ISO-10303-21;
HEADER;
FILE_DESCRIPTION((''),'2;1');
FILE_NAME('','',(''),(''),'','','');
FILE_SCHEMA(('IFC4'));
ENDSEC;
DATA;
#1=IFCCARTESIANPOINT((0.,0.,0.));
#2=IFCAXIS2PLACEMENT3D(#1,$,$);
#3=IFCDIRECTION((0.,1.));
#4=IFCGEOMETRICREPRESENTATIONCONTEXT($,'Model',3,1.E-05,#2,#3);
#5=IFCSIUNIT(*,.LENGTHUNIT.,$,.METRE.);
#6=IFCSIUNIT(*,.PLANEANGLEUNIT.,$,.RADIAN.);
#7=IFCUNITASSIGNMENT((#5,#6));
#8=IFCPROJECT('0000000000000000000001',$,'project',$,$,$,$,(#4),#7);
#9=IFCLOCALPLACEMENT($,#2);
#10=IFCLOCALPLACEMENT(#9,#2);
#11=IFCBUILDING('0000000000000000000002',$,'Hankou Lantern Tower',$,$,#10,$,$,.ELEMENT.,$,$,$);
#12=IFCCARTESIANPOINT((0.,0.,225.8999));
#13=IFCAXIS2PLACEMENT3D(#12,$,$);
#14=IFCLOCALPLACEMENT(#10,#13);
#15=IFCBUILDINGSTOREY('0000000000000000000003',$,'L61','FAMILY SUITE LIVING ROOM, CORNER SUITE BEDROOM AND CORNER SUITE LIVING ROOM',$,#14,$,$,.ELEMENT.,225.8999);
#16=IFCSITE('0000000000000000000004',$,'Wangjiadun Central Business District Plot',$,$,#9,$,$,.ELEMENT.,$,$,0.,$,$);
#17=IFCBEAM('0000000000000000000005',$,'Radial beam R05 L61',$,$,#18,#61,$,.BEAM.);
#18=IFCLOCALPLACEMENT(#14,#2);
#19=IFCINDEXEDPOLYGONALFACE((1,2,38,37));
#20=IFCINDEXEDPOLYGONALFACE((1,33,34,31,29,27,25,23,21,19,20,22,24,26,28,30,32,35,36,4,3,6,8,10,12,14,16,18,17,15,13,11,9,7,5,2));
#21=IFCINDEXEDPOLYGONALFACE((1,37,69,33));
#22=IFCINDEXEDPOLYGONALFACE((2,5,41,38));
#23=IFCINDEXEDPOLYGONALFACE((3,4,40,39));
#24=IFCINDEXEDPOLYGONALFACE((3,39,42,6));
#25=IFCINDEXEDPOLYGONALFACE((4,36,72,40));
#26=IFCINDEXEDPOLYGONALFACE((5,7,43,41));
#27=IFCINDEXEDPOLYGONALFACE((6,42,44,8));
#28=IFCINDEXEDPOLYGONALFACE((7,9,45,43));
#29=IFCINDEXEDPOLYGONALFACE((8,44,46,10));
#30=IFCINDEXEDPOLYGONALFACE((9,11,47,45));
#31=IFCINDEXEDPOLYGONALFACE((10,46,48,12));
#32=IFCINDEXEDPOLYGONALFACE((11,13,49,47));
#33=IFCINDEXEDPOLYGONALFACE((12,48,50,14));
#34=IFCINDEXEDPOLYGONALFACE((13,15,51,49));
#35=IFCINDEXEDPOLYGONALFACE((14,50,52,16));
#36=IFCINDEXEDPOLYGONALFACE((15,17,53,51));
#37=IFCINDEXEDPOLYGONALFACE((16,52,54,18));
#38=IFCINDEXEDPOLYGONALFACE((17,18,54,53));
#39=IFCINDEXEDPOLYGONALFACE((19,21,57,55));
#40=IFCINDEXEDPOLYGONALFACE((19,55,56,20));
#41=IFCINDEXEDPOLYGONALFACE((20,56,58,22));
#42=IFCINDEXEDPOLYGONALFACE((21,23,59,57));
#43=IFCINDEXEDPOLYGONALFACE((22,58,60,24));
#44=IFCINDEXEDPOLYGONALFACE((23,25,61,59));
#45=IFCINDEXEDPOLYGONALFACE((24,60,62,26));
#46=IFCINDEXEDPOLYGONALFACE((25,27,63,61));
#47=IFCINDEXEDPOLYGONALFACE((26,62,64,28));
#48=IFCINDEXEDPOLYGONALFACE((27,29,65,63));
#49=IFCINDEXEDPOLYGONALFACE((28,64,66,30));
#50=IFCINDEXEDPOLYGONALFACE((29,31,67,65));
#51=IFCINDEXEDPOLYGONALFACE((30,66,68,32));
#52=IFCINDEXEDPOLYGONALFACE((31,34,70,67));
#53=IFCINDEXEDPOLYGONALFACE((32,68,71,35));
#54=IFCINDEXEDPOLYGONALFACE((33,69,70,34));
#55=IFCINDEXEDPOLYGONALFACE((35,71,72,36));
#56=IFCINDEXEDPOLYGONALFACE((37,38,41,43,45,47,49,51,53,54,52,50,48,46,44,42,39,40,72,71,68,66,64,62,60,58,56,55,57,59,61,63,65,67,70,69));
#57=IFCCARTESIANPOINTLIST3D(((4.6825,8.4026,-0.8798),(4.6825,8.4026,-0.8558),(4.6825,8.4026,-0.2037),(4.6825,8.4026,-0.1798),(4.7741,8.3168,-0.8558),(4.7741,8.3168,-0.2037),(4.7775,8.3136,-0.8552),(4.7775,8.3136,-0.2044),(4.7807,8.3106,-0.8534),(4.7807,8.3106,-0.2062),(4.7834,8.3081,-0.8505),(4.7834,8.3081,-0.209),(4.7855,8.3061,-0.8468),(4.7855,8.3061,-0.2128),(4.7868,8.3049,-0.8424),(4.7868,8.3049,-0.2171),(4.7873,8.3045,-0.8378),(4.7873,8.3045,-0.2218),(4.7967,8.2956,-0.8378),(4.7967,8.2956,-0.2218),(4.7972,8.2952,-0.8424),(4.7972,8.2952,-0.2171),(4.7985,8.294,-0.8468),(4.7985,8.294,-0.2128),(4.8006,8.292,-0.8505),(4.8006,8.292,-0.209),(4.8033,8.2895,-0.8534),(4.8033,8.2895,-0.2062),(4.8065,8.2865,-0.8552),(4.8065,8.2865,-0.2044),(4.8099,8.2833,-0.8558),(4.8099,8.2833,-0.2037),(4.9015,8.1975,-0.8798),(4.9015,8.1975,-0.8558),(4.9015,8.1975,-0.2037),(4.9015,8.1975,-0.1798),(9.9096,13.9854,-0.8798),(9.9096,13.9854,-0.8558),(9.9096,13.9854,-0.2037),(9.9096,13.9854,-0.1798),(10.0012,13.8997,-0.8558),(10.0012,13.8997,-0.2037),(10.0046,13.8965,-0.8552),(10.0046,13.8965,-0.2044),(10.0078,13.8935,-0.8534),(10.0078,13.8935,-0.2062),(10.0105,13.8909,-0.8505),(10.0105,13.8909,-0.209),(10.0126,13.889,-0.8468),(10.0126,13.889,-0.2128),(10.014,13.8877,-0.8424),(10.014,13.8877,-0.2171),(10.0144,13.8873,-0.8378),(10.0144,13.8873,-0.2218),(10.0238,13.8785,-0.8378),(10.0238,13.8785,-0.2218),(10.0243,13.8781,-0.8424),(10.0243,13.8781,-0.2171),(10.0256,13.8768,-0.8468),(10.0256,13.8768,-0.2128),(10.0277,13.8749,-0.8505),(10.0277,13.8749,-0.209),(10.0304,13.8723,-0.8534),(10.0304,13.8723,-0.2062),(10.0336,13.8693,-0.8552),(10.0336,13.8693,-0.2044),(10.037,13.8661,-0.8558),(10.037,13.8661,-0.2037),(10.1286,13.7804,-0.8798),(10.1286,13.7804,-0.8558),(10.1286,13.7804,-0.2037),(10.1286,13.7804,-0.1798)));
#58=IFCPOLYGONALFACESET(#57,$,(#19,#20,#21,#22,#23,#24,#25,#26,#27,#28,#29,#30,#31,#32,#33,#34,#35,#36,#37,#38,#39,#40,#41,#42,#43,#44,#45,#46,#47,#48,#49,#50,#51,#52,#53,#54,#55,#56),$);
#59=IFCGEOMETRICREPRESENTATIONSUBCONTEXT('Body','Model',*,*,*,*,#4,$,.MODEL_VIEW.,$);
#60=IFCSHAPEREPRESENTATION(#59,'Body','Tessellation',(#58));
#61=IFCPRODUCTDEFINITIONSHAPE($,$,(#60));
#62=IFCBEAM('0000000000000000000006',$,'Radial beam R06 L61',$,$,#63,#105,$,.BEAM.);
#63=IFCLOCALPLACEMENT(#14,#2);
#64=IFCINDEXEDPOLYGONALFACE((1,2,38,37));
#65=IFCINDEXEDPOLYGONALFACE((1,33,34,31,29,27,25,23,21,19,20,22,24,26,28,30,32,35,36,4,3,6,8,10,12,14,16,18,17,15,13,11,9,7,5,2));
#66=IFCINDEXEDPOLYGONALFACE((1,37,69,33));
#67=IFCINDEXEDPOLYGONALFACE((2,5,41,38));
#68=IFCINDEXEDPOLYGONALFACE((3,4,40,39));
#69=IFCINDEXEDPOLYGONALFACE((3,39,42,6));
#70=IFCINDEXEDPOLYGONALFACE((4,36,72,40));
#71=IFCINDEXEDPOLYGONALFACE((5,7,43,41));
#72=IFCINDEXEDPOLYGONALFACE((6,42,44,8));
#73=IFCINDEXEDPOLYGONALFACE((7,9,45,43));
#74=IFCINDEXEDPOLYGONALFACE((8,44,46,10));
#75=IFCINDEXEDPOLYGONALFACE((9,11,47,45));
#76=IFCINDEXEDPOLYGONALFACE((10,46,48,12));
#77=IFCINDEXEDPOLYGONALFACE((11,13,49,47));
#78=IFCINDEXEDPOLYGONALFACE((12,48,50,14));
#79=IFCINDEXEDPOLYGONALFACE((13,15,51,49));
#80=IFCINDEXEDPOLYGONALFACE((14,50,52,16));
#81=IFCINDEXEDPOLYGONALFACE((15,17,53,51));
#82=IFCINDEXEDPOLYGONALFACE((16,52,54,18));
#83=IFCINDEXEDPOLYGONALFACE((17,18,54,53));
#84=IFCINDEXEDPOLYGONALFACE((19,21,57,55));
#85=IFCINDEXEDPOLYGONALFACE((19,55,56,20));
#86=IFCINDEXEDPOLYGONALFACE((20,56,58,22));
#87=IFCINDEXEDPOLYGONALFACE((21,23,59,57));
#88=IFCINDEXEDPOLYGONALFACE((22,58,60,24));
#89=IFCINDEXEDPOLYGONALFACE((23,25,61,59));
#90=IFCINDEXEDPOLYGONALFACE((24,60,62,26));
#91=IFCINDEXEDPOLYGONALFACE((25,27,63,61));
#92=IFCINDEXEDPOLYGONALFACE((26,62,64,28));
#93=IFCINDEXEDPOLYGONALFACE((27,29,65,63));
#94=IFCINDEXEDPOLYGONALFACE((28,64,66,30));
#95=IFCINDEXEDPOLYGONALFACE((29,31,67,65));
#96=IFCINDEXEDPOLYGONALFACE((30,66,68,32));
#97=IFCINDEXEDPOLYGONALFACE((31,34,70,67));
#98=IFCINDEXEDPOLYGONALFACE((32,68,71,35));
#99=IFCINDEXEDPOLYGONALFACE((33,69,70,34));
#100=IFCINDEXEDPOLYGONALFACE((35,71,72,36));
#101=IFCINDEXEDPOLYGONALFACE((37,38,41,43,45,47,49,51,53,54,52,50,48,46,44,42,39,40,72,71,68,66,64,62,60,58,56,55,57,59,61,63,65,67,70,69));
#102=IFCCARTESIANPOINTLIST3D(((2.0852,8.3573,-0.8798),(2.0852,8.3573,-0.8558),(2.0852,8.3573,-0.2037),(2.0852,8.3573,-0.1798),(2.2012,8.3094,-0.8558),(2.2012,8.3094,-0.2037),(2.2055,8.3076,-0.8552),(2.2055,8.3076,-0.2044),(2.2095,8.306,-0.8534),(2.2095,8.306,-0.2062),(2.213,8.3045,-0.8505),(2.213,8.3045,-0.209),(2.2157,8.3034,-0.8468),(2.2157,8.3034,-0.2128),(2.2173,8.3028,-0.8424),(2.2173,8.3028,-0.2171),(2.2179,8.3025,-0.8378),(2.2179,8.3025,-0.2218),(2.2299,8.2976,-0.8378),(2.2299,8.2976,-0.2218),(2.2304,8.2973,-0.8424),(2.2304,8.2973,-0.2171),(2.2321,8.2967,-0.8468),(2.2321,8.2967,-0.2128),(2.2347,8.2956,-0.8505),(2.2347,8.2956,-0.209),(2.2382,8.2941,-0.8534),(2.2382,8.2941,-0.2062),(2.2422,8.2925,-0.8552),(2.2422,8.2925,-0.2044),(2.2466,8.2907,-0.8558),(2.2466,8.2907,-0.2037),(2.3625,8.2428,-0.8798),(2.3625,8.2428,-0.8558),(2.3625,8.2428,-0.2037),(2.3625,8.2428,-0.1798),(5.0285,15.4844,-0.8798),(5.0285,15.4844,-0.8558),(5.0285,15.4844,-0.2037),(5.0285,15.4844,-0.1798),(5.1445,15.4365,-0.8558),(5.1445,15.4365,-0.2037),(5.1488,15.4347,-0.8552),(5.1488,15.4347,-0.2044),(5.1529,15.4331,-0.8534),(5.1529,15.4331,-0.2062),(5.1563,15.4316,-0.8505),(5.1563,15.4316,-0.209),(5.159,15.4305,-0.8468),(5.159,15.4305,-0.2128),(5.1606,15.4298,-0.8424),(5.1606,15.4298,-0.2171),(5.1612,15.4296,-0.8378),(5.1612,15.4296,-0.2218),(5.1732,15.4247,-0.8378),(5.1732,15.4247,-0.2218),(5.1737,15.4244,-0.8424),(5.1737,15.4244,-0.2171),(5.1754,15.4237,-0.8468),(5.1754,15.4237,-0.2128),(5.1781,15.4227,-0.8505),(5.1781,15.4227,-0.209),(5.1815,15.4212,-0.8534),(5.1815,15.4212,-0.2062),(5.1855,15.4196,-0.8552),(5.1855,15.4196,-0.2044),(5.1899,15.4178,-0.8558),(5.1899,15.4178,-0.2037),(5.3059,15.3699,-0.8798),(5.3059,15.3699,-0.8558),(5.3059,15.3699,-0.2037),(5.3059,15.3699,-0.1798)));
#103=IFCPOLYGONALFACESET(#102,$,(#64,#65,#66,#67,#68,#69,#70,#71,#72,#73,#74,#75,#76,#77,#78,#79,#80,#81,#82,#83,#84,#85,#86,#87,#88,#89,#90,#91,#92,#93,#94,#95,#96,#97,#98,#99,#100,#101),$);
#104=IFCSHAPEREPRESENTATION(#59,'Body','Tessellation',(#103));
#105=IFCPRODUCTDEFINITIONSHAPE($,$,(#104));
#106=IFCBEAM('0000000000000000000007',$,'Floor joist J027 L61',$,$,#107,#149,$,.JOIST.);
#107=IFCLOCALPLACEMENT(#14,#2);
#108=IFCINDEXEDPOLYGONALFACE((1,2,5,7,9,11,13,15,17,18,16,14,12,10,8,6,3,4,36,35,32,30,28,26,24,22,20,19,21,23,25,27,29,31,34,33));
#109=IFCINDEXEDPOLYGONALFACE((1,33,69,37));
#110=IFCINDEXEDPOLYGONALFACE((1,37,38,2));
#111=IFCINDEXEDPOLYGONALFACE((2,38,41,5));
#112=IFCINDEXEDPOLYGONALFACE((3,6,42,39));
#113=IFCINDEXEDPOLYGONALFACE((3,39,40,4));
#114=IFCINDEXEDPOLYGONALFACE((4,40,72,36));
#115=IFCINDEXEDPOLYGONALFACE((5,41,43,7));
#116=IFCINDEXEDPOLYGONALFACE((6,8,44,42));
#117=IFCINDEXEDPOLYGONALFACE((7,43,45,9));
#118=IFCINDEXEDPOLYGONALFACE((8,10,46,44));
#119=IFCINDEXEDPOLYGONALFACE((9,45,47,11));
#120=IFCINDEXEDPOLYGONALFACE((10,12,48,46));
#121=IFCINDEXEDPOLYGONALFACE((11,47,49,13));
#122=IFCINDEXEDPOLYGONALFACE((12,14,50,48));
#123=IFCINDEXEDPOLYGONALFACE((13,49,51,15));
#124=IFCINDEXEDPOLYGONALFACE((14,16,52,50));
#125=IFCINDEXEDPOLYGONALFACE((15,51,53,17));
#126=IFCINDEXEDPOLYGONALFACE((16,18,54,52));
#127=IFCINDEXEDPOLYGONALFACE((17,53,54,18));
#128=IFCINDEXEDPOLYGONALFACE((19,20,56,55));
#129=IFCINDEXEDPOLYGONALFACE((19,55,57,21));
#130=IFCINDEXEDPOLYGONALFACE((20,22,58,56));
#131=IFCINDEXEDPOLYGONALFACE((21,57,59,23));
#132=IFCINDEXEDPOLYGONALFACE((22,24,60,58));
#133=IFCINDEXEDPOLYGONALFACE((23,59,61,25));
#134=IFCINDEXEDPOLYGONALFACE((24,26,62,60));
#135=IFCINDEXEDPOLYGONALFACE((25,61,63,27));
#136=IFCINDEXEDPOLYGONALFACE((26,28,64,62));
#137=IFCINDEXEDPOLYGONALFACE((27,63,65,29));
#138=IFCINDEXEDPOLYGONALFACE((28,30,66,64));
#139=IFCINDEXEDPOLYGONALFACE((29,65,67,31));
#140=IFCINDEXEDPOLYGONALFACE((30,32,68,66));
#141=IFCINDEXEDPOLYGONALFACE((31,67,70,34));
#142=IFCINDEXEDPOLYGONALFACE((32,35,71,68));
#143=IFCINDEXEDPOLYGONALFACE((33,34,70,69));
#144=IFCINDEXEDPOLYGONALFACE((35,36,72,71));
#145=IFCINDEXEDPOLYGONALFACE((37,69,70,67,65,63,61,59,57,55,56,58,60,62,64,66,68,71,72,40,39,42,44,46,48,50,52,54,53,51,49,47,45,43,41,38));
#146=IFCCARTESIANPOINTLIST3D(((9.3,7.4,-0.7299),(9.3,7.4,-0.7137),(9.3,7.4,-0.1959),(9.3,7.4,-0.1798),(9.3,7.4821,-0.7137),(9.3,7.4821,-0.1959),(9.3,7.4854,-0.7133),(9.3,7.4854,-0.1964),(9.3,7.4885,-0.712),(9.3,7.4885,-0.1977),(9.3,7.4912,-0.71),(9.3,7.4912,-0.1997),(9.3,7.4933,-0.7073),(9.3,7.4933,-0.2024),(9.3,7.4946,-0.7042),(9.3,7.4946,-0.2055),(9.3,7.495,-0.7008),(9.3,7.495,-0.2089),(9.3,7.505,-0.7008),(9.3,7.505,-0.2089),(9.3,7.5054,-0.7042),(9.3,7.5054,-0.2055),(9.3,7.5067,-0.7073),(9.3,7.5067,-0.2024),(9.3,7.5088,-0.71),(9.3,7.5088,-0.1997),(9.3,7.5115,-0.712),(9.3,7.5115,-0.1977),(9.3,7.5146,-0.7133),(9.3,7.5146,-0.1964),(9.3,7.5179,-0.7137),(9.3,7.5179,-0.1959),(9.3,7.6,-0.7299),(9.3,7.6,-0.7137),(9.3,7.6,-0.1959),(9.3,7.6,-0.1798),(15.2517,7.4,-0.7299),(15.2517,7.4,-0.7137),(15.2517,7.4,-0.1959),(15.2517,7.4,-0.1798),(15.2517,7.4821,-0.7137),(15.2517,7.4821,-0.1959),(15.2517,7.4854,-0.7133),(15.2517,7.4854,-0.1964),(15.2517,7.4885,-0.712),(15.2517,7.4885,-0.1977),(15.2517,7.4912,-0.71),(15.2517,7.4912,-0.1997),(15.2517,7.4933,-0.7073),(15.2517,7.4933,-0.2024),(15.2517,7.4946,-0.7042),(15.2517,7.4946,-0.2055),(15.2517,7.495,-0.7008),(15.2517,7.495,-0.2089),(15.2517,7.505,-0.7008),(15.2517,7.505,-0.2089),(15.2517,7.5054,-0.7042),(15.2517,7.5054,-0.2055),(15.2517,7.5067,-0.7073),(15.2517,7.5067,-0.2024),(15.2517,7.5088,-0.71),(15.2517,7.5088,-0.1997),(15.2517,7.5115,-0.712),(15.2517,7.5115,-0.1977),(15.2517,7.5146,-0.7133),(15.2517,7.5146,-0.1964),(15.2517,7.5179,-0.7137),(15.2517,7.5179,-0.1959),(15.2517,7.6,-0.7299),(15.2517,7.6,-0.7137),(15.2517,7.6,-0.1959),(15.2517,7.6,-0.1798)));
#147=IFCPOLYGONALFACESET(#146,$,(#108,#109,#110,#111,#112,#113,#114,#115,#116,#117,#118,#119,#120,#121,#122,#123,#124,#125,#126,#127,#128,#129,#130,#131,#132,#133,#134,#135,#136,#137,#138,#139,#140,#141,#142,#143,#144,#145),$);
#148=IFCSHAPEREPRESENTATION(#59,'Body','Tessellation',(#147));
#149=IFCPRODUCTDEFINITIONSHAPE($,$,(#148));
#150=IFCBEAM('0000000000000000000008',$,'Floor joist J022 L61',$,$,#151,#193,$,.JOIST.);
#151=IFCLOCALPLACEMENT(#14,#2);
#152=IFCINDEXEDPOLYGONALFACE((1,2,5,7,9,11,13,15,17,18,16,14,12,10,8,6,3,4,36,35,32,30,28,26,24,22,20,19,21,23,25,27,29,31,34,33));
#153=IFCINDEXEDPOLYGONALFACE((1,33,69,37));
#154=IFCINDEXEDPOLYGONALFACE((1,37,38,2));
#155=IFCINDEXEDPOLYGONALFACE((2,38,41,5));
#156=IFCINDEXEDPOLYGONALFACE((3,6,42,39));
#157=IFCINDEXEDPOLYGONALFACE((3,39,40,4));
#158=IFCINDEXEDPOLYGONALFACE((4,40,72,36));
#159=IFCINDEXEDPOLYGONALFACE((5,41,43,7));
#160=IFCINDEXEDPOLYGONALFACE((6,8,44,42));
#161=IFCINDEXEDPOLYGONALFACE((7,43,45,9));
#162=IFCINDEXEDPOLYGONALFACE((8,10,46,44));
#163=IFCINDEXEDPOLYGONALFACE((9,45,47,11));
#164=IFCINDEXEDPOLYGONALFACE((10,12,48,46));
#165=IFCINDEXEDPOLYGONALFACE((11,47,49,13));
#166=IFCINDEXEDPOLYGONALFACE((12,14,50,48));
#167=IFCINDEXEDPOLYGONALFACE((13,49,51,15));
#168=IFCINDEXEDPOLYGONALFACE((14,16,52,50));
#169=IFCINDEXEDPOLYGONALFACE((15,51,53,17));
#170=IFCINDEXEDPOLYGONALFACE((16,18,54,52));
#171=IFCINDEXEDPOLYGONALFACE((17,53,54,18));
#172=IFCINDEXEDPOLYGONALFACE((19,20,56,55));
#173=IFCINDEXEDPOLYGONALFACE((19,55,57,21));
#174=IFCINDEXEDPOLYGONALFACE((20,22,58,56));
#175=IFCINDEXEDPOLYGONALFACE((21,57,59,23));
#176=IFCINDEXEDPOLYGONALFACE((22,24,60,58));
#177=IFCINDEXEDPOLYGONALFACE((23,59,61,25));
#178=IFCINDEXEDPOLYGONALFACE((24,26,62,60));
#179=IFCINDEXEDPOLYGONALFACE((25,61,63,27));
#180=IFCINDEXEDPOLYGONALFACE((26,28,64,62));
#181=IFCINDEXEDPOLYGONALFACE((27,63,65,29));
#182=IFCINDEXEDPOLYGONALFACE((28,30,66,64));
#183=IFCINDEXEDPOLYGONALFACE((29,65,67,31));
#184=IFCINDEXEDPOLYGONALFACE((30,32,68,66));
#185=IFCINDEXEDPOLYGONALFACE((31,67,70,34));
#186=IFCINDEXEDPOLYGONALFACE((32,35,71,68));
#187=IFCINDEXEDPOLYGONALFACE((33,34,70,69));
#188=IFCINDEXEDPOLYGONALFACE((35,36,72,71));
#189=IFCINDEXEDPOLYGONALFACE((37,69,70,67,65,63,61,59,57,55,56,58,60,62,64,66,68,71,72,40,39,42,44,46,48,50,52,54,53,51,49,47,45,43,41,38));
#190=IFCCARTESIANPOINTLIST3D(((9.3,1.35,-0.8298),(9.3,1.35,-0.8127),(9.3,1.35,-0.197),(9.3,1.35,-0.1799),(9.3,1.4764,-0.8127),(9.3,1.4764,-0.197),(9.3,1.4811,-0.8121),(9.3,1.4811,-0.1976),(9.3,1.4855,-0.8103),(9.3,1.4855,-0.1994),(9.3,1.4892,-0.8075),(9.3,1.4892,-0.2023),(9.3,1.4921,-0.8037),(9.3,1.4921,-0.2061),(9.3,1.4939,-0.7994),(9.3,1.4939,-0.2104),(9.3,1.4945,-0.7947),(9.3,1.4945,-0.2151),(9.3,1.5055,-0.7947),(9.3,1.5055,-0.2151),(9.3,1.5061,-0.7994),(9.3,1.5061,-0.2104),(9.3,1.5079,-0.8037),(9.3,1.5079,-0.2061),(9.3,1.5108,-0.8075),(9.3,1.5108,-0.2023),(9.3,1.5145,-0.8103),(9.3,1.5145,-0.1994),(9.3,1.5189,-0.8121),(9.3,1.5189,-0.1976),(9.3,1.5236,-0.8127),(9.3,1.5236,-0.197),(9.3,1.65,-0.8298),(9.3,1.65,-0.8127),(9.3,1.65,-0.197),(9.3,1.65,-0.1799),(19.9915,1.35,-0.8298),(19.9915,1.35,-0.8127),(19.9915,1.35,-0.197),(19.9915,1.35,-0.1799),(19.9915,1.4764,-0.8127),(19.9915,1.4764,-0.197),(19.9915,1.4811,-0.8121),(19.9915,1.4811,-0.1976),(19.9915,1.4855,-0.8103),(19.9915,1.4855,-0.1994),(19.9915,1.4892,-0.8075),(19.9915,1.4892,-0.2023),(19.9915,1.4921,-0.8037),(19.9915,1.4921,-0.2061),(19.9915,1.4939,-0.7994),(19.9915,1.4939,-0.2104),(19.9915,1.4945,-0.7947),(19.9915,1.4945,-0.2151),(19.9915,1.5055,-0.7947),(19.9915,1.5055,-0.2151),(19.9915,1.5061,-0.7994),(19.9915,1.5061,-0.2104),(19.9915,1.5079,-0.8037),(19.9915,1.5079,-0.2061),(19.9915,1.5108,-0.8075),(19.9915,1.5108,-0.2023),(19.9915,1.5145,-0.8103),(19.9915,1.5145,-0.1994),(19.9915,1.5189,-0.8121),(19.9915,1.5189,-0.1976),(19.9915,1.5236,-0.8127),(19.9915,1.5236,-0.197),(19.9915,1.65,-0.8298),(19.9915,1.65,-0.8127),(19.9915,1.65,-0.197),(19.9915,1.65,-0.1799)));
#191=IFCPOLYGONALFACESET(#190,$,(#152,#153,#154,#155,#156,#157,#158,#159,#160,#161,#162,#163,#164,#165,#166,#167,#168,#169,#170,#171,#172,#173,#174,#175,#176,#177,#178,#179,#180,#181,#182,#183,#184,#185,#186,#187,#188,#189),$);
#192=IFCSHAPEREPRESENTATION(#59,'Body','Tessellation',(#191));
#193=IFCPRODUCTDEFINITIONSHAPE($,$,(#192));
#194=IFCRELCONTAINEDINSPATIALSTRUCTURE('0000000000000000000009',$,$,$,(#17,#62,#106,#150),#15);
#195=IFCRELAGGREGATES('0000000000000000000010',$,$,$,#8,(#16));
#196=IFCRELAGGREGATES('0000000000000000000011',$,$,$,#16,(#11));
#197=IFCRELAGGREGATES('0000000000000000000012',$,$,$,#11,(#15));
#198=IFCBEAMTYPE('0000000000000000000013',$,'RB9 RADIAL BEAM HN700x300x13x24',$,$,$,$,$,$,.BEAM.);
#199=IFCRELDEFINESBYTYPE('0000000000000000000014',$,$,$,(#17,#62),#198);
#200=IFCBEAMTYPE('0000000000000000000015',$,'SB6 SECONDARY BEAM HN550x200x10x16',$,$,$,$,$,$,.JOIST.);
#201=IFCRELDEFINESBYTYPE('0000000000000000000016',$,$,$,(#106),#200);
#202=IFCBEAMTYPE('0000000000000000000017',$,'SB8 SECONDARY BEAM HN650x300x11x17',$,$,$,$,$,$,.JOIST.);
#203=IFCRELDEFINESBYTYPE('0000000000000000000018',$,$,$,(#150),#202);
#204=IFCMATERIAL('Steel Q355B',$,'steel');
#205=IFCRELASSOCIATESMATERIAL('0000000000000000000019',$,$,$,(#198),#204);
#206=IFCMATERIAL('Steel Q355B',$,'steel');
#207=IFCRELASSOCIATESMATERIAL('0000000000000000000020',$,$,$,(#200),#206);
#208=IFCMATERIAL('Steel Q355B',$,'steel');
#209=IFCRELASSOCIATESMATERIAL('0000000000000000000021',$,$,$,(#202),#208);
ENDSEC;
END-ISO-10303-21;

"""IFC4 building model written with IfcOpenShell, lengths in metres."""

from ifc_helpers import new_model, si_unit, direction, frame, origin, origin_2d, place, context, subcontext, project, spatial, i_section, extrude, material, material_profile, profile_set, type_object, element, save


model = new_model("IFC4")

# Units and contexts
model_context = context("Model", 3, precision=1e-05, world=origin(), true_north=direction((0.0, 1.0)))
body_context = subcontext(model_context, "Body", "Model", "MODEL_VIEW")
ifc_project = project(units=[si_unit("LENGTHUNIT", "METRE"), si_unit("PLANEANGLEUNIT", "RADIAN")], contexts=[model_context])

# Site, building, storey
site_placement = place(None, origin())
site = spatial("IfcSite", under=ifc_project, at=site_placement, Name="Wangjiadun Central Business District Plot", CompositionType="ELEMENT", RefElevation=0.0)
building_placement = place(site_placement, origin())
building = spatial("IfcBuilding", under=site, at=building_placement, Name="Hankou Lantern Tower", CompositionType="ELEMENT")
storey_placement = place(building_placement, frame((0.0, 0.0, 225.8999)))
storey = spatial("IfcBuildingStorey", under=building, at=storey_placement, Name="L61", Description="FAMILY SUITE LIVING ROOM, CORNER SUITE BEDROOM AND CORNER SUITE LIVING ROOM", CompositionType="ELEMENT", Elevation=225.8999)

# Beams
ifc_material_1 = material(Name="Steel Q355B", Category="steel")
ifc_material_profile_1 = material_profile(ifc_material_1, i_section(OverallWidth=0.3, OverallDepth=0.7, WebThickness=0.0129, FlangeThickness=0.0239, FilletRadius=0.0181, at=origin_2d()), Name="HN700x300x13x24")
ifc_profile_set_1 = profile_set([ifc_material_profile_1], Name="Steel Q355B")
beam_type_1 = type_object("IfcBeamType", Name="RB9 RADIAL BEAM HN700x300x13x24", PredefinedType="BEAM", material=ifc_profile_set_1)
beam_1_placement = place(storey_placement, frame((4.792, 8.3, -0.5298), z_axis=(0.683468, 0.72998, 0.0), x_axis=(-0.72998, 0.683468, 0.0)))
element("IfcBeam", 1, at=beam_1_placement, inside=storey, type_object=beam_type_1, Name="Radial beam R05 L61", PredefinedType="BEAM", context=body_context, shape_type="SweptSolid", body=[
    extrude(i_section(OverallWidth=0.3, OverallDepth=0.7, WebThickness=0.0129, FlangeThickness=0.0239, FilletRadius=0.0181, at=origin_2d()), origin(), (0.0, 0.0, 1.0), 7.6479),
])
beam_2_placement = place(storey_placement, frame((2.2239, 8.3, -0.5298), z_axis=(0.381707, 0.924284, 0.0), x_axis=(-0.924284, 0.381707, 0.0)))
element("IfcBeam", 2, at=beam_2_placement, inside=storey, type_object=beam_type_1, Name="Radial beam R06 L61", PredefinedType="BEAM", context=body_context, shape_type="SweptSolid", body=[
    extrude(i_section(OverallWidth=0.3, OverallDepth=0.7, WebThickness=0.0129, FlangeThickness=0.0239, FilletRadius=0.0181, at=origin_2d()), origin(), (0.0, 0.0, 1.0), 7.7109),
])
ifc_material_2 = material(Name="Steel Q355B", Category="steel")
ifc_material_profile_2 = material_profile(ifc_material_2, i_section(OverallWidth=0.2, OverallDepth=0.55, WebThickness=0.01, FlangeThickness=0.0161, FilletRadius=0.0129, at=origin_2d()), Name="HN550x200x10x16")
ifc_profile_set_2 = profile_set([ifc_material_profile_2], Name="Steel Q355B")
beam_type_2 = type_object("IfcBeamType", Name="SB6 SECONDARY BEAM HN550x200x10x16", PredefinedType="JOIST", material=ifc_profile_set_2)
beam_3_placement = place(storey_placement, frame((9.3, 7.5, -0.4548), z_axis=(1.0, 0.0, 0.0), x_axis=(0.0, 1.0, 0.0)))
element("IfcBeam", 3, at=beam_3_placement, inside=storey, type_object=beam_type_2, Name="Floor joist J027 L61", PredefinedType="JOIST", context=body_context, shape_type="SweptSolid", body=[
    extrude(i_section(OverallWidth=0.2, OverallDepth=0.55, WebThickness=0.01, FlangeThickness=0.0161, FilletRadius=0.0129, at=origin_2d()), origin(), (0.0, 0.0, 1.0), 5.9517),
])
ifc_material_3 = material(Name="Steel Q355B", Category="steel")
ifc_material_profile_3 = material_profile(ifc_material_3, i_section(OverallWidth=0.3, OverallDepth=0.6499, WebThickness=0.011, FlangeThickness=0.0171, FilletRadius=0.0181, at=origin_2d()), Name="HN650x300x11x17")
ifc_profile_set_3 = profile_set([ifc_material_profile_3], Name="Steel Q355B")
beam_type_3 = type_object("IfcBeamType", Name="SB8 SECONDARY BEAM HN650x300x11x17", PredefinedType="JOIST", material=ifc_profile_set_3)
beam_4_placement = place(storey_placement, frame((9.3, 1.5, -0.5049), z_axis=(1.0, 0.0, 0.0), x_axis=(0.0, 1.0, 0.0)))
element("IfcBeam", 4, at=beam_4_placement, inside=storey, type_object=beam_type_3, Name="Floor joist J022 L61", PredefinedType="JOIST", context=body_context, shape_type="SweptSolid", body=[
    extrude(i_section(OverallWidth=0.3, OverallDepth=0.6499, WebThickness=0.011, FlangeThickness=0.0171, FilletRadius=0.0181, at=origin_2d()), origin(), (0.0, 0.0, 1.0), 10.6914),
])

save(model, "model.ifc")
